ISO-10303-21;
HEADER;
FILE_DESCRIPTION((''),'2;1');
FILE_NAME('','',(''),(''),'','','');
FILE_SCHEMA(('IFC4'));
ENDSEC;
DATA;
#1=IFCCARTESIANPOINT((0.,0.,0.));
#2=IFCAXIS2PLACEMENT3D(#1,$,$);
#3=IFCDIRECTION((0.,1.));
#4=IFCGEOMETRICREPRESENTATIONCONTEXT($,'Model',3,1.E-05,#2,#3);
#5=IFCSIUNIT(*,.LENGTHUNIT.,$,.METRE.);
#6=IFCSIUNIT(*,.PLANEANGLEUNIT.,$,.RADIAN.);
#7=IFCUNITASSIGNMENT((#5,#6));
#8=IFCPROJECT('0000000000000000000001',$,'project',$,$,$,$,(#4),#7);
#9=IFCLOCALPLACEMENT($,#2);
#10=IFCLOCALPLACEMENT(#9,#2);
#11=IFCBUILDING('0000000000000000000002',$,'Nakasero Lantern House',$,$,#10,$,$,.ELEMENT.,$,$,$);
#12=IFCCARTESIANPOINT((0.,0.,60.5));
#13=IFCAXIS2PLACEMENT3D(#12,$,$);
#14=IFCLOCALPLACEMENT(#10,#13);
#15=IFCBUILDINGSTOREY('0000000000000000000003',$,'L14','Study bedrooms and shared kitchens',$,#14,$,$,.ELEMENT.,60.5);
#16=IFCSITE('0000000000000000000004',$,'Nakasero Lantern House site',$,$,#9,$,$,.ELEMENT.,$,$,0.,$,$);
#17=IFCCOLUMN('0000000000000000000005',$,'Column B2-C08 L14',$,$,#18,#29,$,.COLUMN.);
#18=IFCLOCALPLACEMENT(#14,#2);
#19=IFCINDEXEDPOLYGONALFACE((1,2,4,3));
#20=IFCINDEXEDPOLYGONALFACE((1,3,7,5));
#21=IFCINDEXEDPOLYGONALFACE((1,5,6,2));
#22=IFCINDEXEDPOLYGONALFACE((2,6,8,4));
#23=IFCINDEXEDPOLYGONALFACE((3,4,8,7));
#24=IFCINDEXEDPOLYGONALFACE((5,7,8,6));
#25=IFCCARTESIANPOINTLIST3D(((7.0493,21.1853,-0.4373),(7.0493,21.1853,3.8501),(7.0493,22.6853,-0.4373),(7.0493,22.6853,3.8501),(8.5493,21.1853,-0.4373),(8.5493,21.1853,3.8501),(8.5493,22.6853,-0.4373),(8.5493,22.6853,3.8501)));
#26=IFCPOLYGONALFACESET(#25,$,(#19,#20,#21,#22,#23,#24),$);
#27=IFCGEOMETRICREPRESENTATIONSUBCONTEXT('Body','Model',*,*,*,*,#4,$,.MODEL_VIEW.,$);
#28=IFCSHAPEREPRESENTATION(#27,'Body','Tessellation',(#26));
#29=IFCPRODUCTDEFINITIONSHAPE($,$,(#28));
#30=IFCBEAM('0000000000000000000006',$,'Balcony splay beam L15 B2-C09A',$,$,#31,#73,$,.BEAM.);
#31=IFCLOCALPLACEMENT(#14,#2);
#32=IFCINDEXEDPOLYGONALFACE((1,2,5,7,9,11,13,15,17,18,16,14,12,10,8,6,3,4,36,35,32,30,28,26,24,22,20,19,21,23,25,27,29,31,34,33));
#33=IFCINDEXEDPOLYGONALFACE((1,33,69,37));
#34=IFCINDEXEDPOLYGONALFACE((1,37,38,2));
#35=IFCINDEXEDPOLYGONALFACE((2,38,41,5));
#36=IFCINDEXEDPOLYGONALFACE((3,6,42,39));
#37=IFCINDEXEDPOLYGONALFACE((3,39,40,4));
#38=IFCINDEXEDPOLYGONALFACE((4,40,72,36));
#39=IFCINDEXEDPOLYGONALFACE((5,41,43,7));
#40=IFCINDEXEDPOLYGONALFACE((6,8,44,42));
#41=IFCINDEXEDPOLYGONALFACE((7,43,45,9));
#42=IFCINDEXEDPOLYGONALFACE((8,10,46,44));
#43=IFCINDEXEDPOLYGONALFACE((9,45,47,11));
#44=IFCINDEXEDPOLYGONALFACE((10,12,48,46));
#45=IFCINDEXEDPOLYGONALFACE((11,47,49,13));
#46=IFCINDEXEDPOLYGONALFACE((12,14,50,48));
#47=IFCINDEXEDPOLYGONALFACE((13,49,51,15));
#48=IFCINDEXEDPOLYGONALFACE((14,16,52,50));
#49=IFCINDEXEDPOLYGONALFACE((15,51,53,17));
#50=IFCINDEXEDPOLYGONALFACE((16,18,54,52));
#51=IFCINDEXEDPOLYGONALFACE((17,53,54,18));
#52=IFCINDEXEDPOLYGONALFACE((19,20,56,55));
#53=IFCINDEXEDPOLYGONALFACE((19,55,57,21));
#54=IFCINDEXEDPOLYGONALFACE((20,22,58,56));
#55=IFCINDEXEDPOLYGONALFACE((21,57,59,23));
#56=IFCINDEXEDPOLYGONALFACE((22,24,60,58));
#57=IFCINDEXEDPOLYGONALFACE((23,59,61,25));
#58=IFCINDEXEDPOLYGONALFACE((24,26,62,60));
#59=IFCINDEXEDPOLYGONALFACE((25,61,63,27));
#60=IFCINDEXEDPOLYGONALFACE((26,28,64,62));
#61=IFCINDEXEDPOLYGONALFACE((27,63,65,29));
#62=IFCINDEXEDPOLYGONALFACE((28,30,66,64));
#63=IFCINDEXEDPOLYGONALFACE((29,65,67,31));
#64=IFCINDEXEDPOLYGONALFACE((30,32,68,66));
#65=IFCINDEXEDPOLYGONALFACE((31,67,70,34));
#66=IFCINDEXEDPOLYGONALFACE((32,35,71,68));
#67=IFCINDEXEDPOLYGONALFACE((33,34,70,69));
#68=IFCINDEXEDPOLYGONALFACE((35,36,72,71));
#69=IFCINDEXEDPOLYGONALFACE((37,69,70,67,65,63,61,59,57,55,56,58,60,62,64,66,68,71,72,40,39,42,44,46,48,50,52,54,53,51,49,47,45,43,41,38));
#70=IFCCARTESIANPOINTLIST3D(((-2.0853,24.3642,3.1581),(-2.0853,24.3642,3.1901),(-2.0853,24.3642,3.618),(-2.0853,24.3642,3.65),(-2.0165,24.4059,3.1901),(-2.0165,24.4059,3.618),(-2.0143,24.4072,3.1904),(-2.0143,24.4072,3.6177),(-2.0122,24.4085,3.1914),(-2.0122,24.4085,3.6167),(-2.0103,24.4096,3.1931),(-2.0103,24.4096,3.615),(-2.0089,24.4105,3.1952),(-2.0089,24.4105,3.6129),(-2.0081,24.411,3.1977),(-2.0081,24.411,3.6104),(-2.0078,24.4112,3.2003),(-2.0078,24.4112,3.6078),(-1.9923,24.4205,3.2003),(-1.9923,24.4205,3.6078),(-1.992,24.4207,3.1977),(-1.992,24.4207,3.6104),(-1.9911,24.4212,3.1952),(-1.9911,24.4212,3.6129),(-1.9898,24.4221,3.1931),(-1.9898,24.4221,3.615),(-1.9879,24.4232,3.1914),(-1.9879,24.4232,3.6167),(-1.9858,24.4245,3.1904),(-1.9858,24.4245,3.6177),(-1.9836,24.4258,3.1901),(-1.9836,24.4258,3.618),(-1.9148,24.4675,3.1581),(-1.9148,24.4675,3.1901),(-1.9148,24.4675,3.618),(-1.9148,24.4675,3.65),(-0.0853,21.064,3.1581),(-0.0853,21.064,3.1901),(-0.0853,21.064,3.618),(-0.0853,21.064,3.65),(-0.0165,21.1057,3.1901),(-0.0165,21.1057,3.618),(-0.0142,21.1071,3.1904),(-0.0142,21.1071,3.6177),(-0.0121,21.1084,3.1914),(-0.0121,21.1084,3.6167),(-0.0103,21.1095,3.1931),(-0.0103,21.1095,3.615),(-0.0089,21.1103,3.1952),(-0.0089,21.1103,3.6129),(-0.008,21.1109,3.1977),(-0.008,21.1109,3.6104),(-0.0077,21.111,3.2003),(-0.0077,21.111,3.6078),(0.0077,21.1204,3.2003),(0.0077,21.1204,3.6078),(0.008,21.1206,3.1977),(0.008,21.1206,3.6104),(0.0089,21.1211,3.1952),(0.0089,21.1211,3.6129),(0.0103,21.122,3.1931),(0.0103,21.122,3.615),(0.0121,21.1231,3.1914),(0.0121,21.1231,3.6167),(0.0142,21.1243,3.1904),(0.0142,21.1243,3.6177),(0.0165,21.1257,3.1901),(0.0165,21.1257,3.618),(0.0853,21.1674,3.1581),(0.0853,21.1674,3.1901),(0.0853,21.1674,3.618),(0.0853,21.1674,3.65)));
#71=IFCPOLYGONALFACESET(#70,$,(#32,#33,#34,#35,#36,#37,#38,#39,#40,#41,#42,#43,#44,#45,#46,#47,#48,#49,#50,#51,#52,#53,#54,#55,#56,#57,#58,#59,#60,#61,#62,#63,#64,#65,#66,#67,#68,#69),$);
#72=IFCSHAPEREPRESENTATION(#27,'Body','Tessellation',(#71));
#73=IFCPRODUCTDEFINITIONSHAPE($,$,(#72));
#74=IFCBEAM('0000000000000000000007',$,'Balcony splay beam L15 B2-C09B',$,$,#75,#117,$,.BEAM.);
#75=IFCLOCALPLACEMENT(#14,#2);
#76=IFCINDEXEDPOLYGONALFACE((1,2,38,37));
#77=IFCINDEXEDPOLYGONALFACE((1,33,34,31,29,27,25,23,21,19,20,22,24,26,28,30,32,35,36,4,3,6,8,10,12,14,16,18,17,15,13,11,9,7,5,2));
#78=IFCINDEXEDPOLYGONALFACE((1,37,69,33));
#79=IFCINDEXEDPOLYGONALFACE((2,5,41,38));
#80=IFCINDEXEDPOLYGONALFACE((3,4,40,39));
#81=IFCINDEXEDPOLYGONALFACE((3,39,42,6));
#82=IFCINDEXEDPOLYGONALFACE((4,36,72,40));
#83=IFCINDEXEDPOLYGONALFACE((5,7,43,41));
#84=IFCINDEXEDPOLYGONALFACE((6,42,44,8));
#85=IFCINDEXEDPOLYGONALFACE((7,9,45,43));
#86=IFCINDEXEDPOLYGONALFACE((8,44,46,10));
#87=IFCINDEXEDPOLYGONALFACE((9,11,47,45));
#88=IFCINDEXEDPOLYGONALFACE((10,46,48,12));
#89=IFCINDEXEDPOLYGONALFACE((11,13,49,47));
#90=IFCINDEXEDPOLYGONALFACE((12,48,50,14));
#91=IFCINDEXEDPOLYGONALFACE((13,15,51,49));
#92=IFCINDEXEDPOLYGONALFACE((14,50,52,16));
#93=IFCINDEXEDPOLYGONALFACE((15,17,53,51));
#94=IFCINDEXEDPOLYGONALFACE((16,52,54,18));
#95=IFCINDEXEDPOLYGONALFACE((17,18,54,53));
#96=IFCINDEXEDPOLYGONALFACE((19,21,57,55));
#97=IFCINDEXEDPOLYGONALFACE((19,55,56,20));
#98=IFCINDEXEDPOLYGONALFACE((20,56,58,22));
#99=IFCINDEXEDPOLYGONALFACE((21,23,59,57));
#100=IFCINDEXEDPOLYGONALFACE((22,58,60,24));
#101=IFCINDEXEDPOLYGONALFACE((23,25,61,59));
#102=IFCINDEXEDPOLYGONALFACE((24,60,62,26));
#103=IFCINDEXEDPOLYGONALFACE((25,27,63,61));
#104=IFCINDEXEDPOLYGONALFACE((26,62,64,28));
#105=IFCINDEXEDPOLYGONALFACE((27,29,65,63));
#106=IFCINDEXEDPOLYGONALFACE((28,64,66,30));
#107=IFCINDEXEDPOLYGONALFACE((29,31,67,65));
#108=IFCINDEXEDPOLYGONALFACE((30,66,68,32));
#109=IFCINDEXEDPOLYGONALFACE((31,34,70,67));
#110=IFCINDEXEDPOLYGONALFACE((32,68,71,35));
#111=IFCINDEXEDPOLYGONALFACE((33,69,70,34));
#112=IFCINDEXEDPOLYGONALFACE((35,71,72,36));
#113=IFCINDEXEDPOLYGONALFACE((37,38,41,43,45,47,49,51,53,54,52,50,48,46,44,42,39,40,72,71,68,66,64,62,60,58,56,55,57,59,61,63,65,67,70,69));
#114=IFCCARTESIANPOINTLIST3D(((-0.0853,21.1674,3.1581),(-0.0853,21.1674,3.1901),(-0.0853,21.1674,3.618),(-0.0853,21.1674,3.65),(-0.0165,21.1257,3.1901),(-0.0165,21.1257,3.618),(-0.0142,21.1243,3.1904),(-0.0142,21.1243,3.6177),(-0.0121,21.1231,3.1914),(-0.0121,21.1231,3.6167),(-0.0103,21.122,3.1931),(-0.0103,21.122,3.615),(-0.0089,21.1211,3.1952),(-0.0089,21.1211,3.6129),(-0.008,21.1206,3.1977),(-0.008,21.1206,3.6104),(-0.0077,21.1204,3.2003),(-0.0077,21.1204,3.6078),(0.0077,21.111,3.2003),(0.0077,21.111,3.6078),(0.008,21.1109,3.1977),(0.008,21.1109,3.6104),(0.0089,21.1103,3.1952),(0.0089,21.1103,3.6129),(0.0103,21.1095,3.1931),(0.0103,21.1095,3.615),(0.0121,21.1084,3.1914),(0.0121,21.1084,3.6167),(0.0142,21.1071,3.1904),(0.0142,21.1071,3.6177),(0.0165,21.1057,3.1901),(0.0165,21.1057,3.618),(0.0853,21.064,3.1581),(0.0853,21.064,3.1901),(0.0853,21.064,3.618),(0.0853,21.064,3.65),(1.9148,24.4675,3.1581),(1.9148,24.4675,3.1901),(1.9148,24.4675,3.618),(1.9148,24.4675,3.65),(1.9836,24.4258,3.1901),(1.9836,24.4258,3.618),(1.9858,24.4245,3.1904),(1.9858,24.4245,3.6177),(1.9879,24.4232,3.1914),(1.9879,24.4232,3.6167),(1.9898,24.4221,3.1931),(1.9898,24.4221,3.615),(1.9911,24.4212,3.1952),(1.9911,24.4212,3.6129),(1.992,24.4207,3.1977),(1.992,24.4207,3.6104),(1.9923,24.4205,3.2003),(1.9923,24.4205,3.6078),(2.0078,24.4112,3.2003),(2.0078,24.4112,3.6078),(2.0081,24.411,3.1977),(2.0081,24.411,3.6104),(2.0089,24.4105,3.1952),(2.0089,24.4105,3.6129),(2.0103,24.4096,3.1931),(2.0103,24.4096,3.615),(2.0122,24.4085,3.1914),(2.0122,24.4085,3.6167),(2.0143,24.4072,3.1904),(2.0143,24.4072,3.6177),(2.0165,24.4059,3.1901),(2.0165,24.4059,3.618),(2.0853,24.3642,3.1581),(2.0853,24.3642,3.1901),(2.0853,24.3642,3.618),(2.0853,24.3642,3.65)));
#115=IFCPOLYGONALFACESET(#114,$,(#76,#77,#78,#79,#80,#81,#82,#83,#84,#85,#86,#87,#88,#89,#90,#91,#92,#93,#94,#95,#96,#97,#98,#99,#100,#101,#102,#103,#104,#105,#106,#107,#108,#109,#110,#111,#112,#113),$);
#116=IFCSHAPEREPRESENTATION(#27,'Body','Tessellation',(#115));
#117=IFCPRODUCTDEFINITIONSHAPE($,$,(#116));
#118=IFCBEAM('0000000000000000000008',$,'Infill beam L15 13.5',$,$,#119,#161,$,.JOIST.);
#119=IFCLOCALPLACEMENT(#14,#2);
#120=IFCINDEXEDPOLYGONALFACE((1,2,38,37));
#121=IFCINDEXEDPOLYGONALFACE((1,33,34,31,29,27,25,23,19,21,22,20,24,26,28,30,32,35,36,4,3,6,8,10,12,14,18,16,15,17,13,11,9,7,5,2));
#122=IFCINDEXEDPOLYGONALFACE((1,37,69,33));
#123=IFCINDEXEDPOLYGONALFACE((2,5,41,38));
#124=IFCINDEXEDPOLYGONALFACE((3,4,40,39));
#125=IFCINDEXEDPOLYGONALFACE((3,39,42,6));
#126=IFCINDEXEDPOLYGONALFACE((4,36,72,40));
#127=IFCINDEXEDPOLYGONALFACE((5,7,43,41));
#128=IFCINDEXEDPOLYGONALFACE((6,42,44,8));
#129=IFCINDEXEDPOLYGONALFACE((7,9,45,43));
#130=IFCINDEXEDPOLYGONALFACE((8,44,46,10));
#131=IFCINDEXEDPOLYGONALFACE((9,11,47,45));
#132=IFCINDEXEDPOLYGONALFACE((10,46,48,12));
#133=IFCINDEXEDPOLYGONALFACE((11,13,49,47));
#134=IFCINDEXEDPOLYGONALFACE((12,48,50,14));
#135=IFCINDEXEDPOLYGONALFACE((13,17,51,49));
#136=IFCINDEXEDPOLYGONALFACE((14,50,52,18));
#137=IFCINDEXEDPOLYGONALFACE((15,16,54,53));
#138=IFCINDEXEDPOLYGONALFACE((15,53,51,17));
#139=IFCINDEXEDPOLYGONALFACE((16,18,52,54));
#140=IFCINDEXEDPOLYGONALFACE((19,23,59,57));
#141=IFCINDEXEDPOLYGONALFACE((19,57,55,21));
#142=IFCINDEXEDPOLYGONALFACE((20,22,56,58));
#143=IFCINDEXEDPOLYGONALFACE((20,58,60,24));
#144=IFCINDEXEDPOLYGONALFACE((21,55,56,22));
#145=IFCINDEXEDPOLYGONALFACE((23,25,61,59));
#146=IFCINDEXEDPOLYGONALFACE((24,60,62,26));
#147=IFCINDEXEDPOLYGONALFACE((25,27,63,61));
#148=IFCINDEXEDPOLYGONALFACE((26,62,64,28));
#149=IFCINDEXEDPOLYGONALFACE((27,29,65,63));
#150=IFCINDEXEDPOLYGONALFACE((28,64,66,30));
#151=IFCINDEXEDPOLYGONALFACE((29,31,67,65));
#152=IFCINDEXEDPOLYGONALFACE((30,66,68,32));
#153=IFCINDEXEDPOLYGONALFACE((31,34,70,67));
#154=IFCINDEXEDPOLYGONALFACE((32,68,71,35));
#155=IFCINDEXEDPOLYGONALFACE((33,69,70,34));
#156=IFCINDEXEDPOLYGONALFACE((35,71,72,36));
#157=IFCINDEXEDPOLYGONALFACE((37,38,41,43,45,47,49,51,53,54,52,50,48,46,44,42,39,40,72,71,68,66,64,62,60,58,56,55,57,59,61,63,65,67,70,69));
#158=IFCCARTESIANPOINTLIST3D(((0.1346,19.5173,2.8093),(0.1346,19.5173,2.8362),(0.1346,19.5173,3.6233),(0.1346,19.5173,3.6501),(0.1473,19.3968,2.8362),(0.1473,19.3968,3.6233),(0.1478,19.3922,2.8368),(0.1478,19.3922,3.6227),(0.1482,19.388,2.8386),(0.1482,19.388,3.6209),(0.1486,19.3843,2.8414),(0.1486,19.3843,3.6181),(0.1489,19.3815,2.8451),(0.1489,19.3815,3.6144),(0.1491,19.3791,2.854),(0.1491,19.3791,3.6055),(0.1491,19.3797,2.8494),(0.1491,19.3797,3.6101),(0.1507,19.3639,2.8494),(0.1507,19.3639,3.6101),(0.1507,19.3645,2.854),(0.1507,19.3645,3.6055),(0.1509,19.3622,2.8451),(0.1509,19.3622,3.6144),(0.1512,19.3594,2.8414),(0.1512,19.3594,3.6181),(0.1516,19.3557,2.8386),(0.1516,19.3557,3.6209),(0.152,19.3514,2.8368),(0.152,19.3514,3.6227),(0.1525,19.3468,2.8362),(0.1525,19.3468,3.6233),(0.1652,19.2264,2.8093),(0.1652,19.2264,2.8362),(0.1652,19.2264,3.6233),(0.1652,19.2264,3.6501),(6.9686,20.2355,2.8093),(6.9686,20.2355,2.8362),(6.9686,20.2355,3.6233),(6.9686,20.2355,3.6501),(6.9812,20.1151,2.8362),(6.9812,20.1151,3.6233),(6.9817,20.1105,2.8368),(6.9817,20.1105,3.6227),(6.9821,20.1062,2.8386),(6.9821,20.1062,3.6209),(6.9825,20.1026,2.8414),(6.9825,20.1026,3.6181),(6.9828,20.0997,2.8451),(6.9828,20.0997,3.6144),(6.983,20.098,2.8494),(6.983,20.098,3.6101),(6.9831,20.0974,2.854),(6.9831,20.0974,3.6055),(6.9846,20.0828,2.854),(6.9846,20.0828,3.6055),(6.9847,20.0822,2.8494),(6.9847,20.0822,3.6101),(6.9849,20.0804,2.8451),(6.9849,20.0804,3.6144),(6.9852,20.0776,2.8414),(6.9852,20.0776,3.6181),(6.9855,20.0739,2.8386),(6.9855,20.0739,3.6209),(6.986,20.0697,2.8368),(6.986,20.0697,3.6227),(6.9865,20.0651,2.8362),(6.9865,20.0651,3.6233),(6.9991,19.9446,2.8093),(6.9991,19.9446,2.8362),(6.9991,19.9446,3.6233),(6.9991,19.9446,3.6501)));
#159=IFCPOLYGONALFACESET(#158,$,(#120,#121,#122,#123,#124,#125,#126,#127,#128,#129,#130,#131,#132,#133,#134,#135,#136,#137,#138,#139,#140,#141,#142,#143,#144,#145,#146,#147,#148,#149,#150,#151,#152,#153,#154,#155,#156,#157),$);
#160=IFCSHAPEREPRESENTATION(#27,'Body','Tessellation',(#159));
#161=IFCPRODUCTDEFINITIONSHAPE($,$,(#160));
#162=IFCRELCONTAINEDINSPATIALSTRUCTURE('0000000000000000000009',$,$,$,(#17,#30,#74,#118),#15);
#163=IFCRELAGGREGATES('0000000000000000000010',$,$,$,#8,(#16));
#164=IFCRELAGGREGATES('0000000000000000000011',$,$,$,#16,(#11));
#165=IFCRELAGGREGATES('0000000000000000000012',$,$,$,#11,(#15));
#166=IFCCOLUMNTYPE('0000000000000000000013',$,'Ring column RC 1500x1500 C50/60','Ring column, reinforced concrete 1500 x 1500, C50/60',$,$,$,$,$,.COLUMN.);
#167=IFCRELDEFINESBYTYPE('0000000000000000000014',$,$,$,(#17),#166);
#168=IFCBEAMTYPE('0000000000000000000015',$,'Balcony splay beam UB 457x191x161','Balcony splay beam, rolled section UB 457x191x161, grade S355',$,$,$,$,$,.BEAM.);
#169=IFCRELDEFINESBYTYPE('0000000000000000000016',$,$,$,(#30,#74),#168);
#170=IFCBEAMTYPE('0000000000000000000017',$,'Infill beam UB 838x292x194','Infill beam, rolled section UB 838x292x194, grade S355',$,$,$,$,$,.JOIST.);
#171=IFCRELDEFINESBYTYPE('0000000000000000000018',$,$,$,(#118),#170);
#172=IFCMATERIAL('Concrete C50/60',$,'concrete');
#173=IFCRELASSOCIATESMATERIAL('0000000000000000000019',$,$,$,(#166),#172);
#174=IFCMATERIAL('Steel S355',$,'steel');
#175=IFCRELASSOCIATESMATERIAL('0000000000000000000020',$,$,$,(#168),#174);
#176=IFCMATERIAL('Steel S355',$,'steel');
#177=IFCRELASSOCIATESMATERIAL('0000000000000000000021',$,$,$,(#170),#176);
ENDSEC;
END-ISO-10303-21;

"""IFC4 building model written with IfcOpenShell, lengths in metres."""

from ifc_helpers import new_model, si_unit, direction, frame, origin, origin_2d, place, context, subcontext, project, spatial, rectangle, i_section, extrude, material, material_profile, profile_set, type_object, element, save


model = new_model("IFC4")

# Units and contexts
model_context = context("Model", 3, precision=1e-05, world=origin(), true_north=direction((0.0, 1.0)))
body_context = subcontext(model_context, "Body", "Model", "MODEL_VIEW")
ifc_project = project(units=[si_unit("LENGTHUNIT", "METRE"), si_unit("PLANEANGLEUNIT", "RADIAN")], contexts=[model_context])

# Site, building, storey
site_placement = place(None, origin())
site = spatial("IfcSite", under=ifc_project, at=site_placement, Name="Nakasero Lantern House site", CompositionType="ELEMENT", RefElevation=0.0)
building_placement = place(site_placement, origin())
building = spatial("IfcBuilding", under=site, at=building_placement, Name="Nakasero Lantern House", CompositionType="ELEMENT")
storey_placement = place(building_placement, frame((0.0, 0.0, 60.5)))
storey = spatial("IfcBuildingStorey", under=building, at=storey_placement, Name="L14", Description="Study bedrooms and shared kitchens", CompositionType="ELEMENT", Elevation=60.5)

# Column
ifc_material_1 = material(Name="Concrete C50/60", Category="concrete")
ifc_material_profile_1 = material_profile(ifc_material_1, rectangle(XDim=1.5, YDim=1.5, at=origin_2d()), Name="RC 1500x1500")
ifc_profile_set_1 = profile_set([ifc_material_profile_1], Name="Concrete C50/60")
column_type = type_object("IfcColumnType", Name="Ring column RC 1500x1500 C50/60", Description="Ring column, reinforced concrete 1500 x 1500, C50/60", PredefinedType="COLUMN", material=ifc_profile_set_1)
column_placement = place(storey_placement, frame((7.7993, 21.9353, -0.4373), z_axis=(0.0, 0.0, 1.0), x_axis=(1.0, 0.0, 0.0)))
element("IfcColumn", 1, at=column_placement, inside=storey, type_object=column_type, Name="Column B2-C08 L14", PredefinedType="COLUMN", context=body_context, shape_type="SweptSolid", body=[
    extrude(rectangle(XDim=1.5, YDim=1.5, at=origin_2d()), origin(), (0.0, 0.0, 1.0), 4.2874),
])

# Beams
ifc_material_2 = material(Name="Steel S355", Category="steel")
ifc_material_profile_2 = material_profile(ifc_material_2, i_section(OverallWidth=0.1995, OverallDepth=0.4919, WebThickness=0.0181, FlangeThickness=0.032, FilletRadius=0.0103, at=origin_2d()), Name="UB 457x191x161")
ifc_profile_set_2 = profile_set([ifc_material_profile_2], Name="Steel S355")
beam_type_1 = type_object("IfcBeamType", Name="Balcony splay beam UB 457x191x161", Description="Balcony splay beam, rolled section UB 457x191x161, grade S355", PredefinedType="BEAM", material=ifc_profile_set_2)
for number, where, z_axis, x_axis, name in (
    (2, (0.0, 21.1157, 3.4041), (-0.518296, 0.855201, 0.0), (-0.855201, -0.518296, 0.0), "Balcony splay beam L15 B2-C09A"),
    (3, (0.0, 21.1157, 3.4041), (0.518296, 0.855201, 0.0), (-0.855201, 0.518296, 0.0), "Balcony splay beam L15 B2-C09B"),
):
    element("IfcBeam", number, at=place(storey_placement, frame(where, z_axis=z_axis, x_axis=x_axis)), inside=storey, type_object=beam_type_1, Name=name, PredefinedType="BEAM", context=body_context, shape_type="SweptSolid", body=[
        extrude(i_section(OverallWidth=0.1995, OverallDepth=0.4919, WebThickness=0.0181, FlangeThickness=0.032, FilletRadius=0.0103, at=origin_2d()), origin(), (0.0, 0.0, 1.0), 3.8589),
    ])
ifc_material_3 = material(Name="Steel S355", Category="steel")
ifc_material_profile_3 = material_profile(ifc_material_3, i_section(OverallWidth=0.2925, OverallDepth=0.8408, WebThickness=0.0146, FlangeThickness=0.0269, FilletRadius=0.0178, at=origin_2d()), Name="UB 838x292x194")
ifc_profile_set_3 = profile_set([ifc_material_profile_3], Name="Steel S355")
beam_type_2 = type_object("IfcBeamType", Name="Infill beam UB 838x292x194", Description="Infill beam, rolled section UB 838x292x194, grade S355", PredefinedType="JOIST", material=ifc_profile_set_3)
beam_1_placement = place(storey_placement, frame((0.1499, 19.3718, 3.2297), z_axis=(0.994522, 0.104526, 0.0), x_axis=(-0.104526, 0.994522, 0.0)))
element("IfcBeam", 4, at=beam_1_placement, inside=storey, type_object=beam_type_2, Name="Infill beam L15 13.5", PredefinedType="JOIST", context=body_context, shape_type="SweptSolid", body=[
    extrude(i_section(OverallWidth=0.2925, OverallDepth=0.8408, WebThickness=0.0146, FlangeThickness=0.0269, FilletRadius=0.0178, at=origin_2d()), origin(), (0.0, 0.0, 1.0), 6.8716),
])

save(model, "model.ifc")
